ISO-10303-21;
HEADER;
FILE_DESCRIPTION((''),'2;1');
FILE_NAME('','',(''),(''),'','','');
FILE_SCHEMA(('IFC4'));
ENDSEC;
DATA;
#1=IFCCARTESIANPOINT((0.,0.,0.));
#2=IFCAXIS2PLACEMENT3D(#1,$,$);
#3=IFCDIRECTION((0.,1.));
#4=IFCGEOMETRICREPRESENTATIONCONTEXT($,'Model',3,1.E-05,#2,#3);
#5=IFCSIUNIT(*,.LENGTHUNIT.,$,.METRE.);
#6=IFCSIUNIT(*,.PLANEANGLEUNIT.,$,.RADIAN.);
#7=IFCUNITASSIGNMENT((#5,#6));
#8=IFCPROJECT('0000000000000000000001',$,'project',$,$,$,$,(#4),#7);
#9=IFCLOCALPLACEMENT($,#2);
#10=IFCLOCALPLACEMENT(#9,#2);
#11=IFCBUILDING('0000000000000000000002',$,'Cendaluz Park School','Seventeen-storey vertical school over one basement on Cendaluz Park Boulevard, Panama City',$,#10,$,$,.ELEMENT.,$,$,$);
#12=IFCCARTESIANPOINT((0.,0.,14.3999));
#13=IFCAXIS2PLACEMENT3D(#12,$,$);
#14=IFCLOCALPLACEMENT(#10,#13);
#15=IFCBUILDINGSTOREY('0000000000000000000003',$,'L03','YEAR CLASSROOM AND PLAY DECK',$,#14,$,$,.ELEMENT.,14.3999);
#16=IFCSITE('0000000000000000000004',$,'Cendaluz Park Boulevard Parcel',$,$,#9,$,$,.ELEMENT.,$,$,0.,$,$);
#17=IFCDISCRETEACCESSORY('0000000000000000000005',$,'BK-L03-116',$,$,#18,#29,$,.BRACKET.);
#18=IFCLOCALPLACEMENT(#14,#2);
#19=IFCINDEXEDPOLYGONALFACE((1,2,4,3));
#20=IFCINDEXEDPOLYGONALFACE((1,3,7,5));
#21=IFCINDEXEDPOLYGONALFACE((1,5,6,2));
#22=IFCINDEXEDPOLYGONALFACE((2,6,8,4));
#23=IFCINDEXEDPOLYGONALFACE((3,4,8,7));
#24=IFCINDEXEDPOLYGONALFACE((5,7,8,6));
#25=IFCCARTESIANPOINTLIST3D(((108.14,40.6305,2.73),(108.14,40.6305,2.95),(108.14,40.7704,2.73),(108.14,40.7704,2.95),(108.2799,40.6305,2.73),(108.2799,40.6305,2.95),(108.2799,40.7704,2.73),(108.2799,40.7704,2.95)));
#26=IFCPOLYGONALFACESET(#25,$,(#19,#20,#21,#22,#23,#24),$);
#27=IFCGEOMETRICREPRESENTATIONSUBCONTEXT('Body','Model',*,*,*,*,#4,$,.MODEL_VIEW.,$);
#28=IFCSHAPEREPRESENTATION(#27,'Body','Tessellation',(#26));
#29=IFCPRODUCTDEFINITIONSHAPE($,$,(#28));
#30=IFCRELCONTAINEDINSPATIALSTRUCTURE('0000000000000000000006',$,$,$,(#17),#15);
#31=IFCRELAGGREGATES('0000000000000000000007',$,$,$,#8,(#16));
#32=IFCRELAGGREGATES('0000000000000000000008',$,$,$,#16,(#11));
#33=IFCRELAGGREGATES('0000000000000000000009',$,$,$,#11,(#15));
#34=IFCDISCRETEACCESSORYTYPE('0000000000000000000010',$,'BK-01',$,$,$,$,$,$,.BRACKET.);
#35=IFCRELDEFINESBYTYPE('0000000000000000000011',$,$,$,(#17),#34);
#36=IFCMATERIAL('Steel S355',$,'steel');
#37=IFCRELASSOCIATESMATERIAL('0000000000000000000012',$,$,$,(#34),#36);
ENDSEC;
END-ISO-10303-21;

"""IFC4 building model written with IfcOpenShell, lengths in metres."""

from ifc_helpers import new_model, si_unit, direction, frame, origin, origin_2d, place, context, subcontext, project, spatial, rectangle, extrude, material, type_object, element, save


model = new_model("IFC4")

# Units and contexts
model_context = context("Model", 3, precision=1e-05, world=origin(), true_north=direction((0.0, 1.0)))
body_context = subcontext(model_context, "Body", "Model", "MODEL_VIEW")
ifc_project = project(units=[si_unit("LENGTHUNIT", "METRE"), si_unit("PLANEANGLEUNIT", "RADIAN")], contexts=[model_context])

# Site, building, storey
site_placement = place(None, origin())
site = spatial("IfcSite", under=ifc_project, at=site_placement, Name="Cendaluz Park Boulevard Parcel", CompositionType="ELEMENT", RefElevation=0.0)
building_placement = place(site_placement, origin())
building = spatial("IfcBuilding", under=site, at=building_placement, Name="Cendaluz Park School", Description="Seventeen-storey vertical school over one basement on Cendaluz Park Boulevard, Panama City", CompositionType="ELEMENT")
storey_placement = place(building_placement, frame((0.0, 0.0, 14.3999)))
storey = spatial("IfcBuildingStorey", under=building, at=storey_placement, Name="L03", Description="YEAR CLASSROOM AND PLAY DECK", CompositionType="ELEMENT", Elevation=14.3999)

# Discrete accessory
ifc_material_1 = material(Name="Steel S355", Category="steel")
discrete_accessory_type = type_object("IfcDiscreteAccessoryType", Name="BK-01", PredefinedType="BRACKET", material=ifc_material_1)
for number, where, z_axis, x_axis, name in (
    (1, (108.21, 40.7004, 2.73), (0.0, 0.0, 1.0), (0.0, 1.0, 0.0), "BK-L03-116"),
):
    element("IfcDiscreteAccessory", number, at=place(storey_placement, frame(where, z_axis=z_axis, x_axis=x_axis)), inside=storey, type_object=discrete_accessory_type, Name=name, PredefinedType="BRACKET", context=body_context, shape_type="SweptSolid", body=[
        extrude(rectangle(XDim=0.1399, YDim=0.1399, at=origin_2d()), origin(), (0.0, 0.0, 1.0), 0.22),
    ])

save(model, "model.ifc")
